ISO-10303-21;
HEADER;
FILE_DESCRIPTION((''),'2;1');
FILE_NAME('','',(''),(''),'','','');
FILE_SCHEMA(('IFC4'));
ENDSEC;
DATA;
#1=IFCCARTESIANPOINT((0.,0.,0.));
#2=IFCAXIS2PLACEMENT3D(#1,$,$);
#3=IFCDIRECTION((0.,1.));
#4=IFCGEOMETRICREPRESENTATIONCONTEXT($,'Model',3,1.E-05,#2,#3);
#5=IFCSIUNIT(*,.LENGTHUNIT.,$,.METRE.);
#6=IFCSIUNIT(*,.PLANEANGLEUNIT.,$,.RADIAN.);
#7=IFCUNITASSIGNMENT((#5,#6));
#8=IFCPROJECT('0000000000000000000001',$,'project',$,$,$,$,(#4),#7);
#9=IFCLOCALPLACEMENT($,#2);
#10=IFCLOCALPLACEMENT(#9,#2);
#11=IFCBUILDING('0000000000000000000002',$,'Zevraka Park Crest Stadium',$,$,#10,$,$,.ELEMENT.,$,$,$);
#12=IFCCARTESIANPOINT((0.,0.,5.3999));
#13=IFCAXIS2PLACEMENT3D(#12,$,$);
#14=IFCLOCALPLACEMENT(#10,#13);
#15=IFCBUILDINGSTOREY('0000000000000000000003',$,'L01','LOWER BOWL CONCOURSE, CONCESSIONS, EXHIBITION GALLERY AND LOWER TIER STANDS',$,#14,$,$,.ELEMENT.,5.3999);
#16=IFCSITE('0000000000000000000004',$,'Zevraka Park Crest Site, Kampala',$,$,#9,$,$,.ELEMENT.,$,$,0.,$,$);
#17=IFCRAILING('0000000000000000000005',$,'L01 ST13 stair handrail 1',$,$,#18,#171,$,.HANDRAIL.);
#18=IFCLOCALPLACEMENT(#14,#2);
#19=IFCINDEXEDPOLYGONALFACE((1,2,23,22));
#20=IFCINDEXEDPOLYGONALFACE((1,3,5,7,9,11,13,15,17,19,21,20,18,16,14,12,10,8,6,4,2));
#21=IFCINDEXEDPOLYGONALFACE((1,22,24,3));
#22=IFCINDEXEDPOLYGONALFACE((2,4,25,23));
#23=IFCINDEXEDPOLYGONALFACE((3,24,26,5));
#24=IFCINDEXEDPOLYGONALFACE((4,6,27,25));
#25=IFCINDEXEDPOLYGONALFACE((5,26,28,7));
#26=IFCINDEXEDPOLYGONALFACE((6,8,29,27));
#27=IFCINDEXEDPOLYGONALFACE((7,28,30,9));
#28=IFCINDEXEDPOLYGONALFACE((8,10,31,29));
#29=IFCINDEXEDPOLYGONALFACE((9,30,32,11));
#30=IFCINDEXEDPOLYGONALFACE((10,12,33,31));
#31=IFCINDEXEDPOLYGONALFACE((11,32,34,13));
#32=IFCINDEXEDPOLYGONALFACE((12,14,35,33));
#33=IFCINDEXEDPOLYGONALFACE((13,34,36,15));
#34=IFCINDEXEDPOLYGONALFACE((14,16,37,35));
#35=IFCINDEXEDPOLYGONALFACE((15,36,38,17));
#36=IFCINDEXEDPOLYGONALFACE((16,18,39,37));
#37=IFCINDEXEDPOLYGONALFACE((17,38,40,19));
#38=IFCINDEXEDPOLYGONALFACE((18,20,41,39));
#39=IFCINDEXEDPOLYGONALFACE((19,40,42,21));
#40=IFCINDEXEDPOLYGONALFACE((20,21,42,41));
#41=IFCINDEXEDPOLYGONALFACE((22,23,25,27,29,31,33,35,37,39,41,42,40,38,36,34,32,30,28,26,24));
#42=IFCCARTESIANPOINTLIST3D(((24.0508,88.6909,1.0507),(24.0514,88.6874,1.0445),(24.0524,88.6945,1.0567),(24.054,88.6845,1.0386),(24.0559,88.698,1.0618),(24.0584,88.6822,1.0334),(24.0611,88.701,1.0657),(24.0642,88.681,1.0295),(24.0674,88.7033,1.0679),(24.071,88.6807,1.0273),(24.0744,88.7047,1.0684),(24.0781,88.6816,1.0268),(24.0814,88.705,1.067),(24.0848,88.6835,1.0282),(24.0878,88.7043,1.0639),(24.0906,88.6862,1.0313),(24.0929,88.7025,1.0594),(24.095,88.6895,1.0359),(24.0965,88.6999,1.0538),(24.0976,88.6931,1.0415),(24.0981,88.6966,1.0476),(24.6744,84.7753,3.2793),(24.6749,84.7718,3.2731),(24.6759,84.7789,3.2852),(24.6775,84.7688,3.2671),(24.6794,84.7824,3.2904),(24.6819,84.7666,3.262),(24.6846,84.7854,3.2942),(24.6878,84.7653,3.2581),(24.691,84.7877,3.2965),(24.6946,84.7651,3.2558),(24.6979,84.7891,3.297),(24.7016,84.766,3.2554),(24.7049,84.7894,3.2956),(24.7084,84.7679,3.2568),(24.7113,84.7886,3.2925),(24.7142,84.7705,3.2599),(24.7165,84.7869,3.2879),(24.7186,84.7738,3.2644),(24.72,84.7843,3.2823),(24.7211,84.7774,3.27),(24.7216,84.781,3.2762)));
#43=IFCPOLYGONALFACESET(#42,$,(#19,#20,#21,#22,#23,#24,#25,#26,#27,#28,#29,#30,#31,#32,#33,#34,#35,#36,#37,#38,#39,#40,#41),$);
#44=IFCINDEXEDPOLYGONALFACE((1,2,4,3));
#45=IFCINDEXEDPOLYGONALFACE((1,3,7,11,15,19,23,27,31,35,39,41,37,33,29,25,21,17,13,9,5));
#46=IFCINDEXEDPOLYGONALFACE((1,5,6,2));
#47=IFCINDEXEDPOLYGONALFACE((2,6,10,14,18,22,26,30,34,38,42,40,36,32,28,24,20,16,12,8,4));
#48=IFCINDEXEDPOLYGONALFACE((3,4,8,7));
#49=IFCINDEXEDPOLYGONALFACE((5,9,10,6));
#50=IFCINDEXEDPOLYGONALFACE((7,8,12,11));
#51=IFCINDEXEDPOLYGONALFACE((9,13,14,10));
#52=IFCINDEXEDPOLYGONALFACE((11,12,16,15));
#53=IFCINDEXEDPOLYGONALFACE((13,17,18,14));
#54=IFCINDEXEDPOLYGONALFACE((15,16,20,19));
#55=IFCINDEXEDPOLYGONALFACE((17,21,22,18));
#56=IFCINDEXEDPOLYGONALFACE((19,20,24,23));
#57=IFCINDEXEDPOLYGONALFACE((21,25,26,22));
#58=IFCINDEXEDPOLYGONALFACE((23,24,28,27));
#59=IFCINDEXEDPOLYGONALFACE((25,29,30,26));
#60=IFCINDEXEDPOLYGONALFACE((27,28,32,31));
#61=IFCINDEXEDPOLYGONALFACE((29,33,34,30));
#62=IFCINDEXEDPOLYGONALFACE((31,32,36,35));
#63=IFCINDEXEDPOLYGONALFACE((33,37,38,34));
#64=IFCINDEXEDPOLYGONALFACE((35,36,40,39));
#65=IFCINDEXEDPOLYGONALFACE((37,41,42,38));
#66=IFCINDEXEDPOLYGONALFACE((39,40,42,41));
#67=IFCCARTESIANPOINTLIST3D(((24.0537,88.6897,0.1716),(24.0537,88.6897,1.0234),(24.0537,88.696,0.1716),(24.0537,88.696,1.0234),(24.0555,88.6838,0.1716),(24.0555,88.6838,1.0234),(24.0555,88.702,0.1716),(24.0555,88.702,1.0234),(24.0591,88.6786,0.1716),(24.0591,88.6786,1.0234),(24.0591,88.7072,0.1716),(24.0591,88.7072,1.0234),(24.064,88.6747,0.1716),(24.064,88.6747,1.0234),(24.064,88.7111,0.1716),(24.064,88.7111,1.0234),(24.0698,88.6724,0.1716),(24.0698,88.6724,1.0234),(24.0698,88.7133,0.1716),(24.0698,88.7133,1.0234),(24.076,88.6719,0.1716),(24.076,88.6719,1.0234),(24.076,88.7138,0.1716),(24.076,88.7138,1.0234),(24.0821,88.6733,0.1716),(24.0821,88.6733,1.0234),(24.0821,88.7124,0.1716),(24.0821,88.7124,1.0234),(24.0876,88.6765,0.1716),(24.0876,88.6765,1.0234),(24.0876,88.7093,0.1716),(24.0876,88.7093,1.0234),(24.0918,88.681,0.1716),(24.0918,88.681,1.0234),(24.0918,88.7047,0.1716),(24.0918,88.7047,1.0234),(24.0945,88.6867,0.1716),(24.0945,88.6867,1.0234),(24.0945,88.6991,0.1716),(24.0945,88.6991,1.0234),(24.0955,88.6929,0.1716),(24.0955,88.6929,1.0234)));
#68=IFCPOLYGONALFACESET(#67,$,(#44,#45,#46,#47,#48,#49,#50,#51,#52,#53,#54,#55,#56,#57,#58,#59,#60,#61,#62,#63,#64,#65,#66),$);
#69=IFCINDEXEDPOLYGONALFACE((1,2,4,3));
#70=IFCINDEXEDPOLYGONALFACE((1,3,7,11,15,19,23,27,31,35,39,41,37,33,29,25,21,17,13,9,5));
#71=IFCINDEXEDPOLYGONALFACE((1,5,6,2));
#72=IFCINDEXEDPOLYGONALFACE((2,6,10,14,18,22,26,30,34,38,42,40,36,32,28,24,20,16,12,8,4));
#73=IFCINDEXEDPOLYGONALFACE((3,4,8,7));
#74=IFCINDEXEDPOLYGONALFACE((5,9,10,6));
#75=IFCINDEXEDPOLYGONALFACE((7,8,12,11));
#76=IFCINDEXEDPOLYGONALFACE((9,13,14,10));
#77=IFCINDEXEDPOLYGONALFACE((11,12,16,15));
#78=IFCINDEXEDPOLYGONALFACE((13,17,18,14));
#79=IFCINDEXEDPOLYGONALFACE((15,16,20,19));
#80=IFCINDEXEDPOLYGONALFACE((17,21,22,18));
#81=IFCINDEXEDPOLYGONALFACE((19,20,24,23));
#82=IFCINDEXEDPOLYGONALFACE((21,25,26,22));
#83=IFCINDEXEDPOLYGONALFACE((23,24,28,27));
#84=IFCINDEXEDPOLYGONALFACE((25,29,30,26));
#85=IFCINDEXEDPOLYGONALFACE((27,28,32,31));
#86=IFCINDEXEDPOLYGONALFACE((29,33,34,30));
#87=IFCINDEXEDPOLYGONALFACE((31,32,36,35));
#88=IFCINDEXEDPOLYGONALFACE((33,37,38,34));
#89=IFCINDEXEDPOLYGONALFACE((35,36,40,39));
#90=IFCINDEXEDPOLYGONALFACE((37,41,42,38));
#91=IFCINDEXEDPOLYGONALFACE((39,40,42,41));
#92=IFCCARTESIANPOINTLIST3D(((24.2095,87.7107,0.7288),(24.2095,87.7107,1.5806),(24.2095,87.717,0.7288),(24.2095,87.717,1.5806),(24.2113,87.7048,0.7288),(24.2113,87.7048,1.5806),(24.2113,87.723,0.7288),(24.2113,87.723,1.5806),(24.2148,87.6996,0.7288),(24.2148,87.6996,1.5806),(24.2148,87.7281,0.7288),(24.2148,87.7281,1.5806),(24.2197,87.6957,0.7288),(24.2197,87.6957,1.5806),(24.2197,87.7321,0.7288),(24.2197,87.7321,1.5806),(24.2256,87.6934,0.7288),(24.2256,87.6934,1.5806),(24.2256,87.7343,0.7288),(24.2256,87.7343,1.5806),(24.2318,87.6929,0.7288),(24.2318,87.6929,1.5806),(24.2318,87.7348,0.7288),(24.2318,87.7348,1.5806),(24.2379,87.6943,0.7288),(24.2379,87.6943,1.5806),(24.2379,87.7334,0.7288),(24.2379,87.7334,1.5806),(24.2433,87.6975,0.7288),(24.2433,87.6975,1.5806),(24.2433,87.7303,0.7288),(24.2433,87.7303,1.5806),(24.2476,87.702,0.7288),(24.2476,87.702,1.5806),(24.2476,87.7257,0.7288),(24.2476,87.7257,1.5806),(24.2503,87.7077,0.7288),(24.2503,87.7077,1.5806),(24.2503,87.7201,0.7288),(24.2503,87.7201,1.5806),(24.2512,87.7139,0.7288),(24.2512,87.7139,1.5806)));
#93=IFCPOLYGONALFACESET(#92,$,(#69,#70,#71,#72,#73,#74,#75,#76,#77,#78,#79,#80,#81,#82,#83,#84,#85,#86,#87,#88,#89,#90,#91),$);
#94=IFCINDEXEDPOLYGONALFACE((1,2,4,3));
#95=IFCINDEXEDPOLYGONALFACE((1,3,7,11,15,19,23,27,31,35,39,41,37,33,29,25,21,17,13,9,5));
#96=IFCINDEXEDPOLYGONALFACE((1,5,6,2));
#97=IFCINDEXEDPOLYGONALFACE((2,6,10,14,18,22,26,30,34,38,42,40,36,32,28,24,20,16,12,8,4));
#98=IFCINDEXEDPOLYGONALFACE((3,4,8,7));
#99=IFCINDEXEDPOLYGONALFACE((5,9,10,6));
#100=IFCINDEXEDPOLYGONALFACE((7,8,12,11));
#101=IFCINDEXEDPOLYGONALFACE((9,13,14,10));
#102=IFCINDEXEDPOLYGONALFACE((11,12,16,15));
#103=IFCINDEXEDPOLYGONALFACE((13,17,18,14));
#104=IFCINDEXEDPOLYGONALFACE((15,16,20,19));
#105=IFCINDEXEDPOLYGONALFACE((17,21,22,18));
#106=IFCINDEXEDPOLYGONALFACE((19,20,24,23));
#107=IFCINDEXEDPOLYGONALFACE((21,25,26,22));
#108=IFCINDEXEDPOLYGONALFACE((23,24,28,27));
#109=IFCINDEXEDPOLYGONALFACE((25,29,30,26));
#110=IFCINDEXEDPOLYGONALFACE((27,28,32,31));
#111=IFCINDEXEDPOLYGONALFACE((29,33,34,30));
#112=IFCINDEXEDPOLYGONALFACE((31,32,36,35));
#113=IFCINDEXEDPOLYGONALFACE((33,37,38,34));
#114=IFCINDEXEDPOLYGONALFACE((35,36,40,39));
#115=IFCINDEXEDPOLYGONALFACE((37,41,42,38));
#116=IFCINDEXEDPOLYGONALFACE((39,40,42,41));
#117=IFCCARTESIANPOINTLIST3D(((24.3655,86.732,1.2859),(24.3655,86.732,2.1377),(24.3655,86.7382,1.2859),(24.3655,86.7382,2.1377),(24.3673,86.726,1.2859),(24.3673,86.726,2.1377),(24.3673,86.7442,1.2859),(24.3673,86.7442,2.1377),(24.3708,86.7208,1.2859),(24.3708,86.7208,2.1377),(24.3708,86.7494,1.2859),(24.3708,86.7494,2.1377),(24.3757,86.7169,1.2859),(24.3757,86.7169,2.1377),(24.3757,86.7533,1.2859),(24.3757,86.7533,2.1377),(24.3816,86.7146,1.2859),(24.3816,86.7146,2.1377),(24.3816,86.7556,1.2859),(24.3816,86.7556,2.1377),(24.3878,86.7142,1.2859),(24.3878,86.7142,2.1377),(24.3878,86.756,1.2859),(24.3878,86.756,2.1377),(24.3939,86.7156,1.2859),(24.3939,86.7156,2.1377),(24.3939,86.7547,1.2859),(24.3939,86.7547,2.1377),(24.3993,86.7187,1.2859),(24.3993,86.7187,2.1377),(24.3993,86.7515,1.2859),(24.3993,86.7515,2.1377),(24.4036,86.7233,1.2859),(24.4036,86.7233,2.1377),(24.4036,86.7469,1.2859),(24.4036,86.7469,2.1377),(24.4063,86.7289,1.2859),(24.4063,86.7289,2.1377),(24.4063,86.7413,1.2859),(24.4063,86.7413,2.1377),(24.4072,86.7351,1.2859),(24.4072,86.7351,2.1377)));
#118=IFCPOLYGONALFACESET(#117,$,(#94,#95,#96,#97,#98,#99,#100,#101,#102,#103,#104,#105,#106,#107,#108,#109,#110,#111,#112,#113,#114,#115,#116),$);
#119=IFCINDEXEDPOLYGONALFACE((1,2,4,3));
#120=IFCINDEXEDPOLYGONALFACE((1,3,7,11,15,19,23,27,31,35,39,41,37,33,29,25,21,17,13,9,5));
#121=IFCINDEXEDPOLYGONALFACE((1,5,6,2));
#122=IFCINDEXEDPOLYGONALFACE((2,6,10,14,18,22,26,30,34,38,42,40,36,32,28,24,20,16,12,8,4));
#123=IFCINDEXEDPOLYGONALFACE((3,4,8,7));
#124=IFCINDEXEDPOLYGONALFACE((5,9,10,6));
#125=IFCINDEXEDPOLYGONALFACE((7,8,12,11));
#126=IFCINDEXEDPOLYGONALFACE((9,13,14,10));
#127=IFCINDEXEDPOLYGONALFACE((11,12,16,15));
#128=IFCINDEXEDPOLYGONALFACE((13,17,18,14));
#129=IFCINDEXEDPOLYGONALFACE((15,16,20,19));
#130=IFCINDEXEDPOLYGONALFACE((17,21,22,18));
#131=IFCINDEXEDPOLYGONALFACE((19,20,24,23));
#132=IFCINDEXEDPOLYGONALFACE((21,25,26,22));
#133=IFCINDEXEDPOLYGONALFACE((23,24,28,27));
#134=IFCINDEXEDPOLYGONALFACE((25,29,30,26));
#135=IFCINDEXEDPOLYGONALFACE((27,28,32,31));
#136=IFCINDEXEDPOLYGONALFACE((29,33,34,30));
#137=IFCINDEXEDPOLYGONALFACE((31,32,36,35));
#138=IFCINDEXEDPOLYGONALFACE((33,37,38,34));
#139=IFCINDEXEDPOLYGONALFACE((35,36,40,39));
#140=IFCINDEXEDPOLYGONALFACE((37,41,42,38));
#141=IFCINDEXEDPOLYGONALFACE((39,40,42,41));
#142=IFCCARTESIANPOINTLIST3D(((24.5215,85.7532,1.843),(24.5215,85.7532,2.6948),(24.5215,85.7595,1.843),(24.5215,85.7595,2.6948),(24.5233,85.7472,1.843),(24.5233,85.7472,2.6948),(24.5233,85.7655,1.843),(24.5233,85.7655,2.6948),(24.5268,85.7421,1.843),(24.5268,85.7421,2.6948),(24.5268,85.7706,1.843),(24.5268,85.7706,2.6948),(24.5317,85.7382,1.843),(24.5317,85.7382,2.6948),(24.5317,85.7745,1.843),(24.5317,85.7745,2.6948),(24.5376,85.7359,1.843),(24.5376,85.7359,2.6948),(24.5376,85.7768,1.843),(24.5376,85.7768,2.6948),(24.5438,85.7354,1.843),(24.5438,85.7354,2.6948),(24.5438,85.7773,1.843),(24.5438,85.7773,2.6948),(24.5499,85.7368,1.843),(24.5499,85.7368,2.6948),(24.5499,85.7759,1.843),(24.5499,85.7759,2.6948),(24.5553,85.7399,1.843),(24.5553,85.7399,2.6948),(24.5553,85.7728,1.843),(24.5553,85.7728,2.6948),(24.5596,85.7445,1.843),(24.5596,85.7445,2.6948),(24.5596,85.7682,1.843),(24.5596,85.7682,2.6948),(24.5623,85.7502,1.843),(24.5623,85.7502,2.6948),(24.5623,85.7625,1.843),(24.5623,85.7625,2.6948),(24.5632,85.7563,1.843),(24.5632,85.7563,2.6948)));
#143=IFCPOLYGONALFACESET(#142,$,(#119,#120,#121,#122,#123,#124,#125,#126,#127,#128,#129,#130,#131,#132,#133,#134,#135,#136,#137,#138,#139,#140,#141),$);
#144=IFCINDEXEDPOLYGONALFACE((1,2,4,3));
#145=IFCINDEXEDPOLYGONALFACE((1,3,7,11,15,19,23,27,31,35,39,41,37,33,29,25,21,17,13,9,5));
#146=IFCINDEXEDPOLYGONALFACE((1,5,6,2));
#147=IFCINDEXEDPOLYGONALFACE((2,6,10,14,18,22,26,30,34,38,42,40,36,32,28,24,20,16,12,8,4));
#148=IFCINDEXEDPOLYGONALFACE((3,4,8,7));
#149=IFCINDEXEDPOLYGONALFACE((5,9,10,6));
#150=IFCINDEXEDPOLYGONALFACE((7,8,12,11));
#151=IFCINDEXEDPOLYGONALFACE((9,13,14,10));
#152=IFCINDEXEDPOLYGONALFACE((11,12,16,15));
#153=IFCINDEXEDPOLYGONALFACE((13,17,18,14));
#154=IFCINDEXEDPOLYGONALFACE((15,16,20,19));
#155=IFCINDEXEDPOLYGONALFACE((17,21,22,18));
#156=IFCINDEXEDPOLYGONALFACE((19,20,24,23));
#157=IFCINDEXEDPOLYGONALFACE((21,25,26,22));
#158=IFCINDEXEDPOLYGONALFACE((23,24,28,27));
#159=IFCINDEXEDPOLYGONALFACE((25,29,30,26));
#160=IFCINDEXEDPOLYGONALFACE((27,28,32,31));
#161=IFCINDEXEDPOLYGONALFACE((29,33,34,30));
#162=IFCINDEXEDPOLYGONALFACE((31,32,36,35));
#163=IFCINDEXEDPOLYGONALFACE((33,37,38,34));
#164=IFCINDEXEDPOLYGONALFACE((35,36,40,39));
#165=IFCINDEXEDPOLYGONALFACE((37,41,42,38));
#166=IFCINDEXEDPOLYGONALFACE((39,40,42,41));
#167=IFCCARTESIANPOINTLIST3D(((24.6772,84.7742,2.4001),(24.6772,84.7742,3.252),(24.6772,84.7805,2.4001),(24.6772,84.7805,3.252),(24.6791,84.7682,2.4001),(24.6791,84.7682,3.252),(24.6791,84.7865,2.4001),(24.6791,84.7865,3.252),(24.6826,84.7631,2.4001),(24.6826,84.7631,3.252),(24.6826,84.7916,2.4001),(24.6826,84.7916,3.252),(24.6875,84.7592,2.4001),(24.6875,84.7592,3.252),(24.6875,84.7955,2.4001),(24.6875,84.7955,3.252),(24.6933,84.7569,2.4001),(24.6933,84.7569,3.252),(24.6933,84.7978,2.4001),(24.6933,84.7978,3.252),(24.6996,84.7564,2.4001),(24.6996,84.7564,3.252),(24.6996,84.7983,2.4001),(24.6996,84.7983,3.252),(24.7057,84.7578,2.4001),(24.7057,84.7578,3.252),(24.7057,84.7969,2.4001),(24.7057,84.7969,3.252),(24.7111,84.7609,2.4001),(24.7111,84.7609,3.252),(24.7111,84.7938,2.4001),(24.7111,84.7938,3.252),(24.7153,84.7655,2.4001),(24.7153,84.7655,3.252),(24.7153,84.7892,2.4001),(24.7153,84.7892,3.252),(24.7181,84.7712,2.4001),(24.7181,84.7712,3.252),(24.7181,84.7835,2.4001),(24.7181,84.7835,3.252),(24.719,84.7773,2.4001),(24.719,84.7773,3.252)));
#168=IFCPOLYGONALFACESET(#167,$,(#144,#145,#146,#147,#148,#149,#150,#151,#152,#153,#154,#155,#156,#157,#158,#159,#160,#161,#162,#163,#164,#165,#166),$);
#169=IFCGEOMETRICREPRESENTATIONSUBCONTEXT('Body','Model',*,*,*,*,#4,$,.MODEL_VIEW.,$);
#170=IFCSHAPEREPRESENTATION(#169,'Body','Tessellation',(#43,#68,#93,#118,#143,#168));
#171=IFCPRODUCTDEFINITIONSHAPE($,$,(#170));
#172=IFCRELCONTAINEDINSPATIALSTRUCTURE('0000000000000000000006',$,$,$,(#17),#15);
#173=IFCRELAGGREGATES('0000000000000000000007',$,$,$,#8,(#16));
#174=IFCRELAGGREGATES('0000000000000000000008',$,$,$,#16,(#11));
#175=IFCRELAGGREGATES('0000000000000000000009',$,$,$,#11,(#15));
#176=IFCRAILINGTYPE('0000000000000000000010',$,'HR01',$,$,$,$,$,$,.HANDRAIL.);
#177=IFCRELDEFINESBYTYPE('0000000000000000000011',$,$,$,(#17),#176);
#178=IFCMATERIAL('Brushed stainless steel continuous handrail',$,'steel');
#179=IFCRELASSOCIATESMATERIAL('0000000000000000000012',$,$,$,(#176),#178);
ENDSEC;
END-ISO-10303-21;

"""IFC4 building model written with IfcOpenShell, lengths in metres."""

from ifc_helpers import new_model, si_unit, direction, frame, origin, origin_2d, place, context, subcontext, project, spatial, circle, extrude, material, type_object, element, save


model = new_model("IFC4")

# Units and contexts
model_context = context("Model", 3, precision=1e-05, world=origin(), true_north=direction((0.0, 1.0)))
body_context = subcontext(model_context, "Body", "Model", "MODEL_VIEW")
ifc_project = project(units=[si_unit("LENGTHUNIT", "METRE"), si_unit("PLANEANGLEUNIT", "RADIAN")], contexts=[model_context])

# Site, building, storey
site_placement = place(None, origin())
site = spatial("IfcSite", under=ifc_project, at=site_placement, Name="Zevraka Park Crest Site, Kampala", CompositionType="ELEMENT", RefElevation=0.0)
building_placement = place(site_placement, origin())
building = spatial("IfcBuilding", under=site, at=building_placement, Name="Zevraka Park Crest Stadium", CompositionType="ELEMENT")
storey_placement = place(building_placement, frame((0.0, 0.0, 5.3999)))
storey = spatial("IfcBuildingStorey", under=building, at=storey_placement, Name="L01", Description="LOWER BOWL CONCOURSE, CONCESSIONS, EXHIBITION GALLERY AND LOWER TIER STANDS", CompositionType="ELEMENT", Elevation=5.3999)

# Railing
ifc_material_1 = material(Name="Brushed stainless steel continuous handrail", Category="steel")
railing_type_1 = type_object("IfcRailingType", Name="HR01", PredefinedType="HANDRAIL", material=ifc_material_1)
railing_1_placement = place(storey_placement, frame((24.0745, 88.6929, 0.1716)))
element("IfcRailing", 1, at=railing_1_placement, inside=storey, type_object=railing_type_1, Name="L01 ST13 stair handrail 1", PredefinedType="HANDRAIL", context=body_context, shape_type="SweptSolid", body=[
    extrude(circle(Radius=0.0239, at=origin_2d()), frame((0.0, 0.0, 0.876), z_axis=(0.137094, -0.86089, 0.489974), x_axis=(0.987556, 0.157265, 0.0)), (0.0, 0.0, 1.0), 4.5483),
    extrude(circle(Radius=0.021, at=origin_2d()), origin(), (0.0, 0.0, 1.0), 0.8518),
    extrude(circle(Radius=0.021, at=origin_2d()), frame((0.1558, -0.979, 0.5571)), (0.0, 0.0, 1.0), 0.8518),
    extrude(circle(Radius=0.021, at=origin_2d()), frame((0.3118, -1.9578, 1.1143)), (0.0, 0.0, 1.0), 0.8518),
    extrude(circle(Radius=0.021, at=origin_2d()), frame((0.4678, -2.9365, 1.6714)), (0.0, 0.0, 1.0), 0.8518),
    extrude(circle(Radius=0.021, at=origin_2d()), frame((0.6235, -3.9155, 2.2285)), (0.0, 0.0, 1.0), 0.8518),
])

save(model, "model.ifc")
